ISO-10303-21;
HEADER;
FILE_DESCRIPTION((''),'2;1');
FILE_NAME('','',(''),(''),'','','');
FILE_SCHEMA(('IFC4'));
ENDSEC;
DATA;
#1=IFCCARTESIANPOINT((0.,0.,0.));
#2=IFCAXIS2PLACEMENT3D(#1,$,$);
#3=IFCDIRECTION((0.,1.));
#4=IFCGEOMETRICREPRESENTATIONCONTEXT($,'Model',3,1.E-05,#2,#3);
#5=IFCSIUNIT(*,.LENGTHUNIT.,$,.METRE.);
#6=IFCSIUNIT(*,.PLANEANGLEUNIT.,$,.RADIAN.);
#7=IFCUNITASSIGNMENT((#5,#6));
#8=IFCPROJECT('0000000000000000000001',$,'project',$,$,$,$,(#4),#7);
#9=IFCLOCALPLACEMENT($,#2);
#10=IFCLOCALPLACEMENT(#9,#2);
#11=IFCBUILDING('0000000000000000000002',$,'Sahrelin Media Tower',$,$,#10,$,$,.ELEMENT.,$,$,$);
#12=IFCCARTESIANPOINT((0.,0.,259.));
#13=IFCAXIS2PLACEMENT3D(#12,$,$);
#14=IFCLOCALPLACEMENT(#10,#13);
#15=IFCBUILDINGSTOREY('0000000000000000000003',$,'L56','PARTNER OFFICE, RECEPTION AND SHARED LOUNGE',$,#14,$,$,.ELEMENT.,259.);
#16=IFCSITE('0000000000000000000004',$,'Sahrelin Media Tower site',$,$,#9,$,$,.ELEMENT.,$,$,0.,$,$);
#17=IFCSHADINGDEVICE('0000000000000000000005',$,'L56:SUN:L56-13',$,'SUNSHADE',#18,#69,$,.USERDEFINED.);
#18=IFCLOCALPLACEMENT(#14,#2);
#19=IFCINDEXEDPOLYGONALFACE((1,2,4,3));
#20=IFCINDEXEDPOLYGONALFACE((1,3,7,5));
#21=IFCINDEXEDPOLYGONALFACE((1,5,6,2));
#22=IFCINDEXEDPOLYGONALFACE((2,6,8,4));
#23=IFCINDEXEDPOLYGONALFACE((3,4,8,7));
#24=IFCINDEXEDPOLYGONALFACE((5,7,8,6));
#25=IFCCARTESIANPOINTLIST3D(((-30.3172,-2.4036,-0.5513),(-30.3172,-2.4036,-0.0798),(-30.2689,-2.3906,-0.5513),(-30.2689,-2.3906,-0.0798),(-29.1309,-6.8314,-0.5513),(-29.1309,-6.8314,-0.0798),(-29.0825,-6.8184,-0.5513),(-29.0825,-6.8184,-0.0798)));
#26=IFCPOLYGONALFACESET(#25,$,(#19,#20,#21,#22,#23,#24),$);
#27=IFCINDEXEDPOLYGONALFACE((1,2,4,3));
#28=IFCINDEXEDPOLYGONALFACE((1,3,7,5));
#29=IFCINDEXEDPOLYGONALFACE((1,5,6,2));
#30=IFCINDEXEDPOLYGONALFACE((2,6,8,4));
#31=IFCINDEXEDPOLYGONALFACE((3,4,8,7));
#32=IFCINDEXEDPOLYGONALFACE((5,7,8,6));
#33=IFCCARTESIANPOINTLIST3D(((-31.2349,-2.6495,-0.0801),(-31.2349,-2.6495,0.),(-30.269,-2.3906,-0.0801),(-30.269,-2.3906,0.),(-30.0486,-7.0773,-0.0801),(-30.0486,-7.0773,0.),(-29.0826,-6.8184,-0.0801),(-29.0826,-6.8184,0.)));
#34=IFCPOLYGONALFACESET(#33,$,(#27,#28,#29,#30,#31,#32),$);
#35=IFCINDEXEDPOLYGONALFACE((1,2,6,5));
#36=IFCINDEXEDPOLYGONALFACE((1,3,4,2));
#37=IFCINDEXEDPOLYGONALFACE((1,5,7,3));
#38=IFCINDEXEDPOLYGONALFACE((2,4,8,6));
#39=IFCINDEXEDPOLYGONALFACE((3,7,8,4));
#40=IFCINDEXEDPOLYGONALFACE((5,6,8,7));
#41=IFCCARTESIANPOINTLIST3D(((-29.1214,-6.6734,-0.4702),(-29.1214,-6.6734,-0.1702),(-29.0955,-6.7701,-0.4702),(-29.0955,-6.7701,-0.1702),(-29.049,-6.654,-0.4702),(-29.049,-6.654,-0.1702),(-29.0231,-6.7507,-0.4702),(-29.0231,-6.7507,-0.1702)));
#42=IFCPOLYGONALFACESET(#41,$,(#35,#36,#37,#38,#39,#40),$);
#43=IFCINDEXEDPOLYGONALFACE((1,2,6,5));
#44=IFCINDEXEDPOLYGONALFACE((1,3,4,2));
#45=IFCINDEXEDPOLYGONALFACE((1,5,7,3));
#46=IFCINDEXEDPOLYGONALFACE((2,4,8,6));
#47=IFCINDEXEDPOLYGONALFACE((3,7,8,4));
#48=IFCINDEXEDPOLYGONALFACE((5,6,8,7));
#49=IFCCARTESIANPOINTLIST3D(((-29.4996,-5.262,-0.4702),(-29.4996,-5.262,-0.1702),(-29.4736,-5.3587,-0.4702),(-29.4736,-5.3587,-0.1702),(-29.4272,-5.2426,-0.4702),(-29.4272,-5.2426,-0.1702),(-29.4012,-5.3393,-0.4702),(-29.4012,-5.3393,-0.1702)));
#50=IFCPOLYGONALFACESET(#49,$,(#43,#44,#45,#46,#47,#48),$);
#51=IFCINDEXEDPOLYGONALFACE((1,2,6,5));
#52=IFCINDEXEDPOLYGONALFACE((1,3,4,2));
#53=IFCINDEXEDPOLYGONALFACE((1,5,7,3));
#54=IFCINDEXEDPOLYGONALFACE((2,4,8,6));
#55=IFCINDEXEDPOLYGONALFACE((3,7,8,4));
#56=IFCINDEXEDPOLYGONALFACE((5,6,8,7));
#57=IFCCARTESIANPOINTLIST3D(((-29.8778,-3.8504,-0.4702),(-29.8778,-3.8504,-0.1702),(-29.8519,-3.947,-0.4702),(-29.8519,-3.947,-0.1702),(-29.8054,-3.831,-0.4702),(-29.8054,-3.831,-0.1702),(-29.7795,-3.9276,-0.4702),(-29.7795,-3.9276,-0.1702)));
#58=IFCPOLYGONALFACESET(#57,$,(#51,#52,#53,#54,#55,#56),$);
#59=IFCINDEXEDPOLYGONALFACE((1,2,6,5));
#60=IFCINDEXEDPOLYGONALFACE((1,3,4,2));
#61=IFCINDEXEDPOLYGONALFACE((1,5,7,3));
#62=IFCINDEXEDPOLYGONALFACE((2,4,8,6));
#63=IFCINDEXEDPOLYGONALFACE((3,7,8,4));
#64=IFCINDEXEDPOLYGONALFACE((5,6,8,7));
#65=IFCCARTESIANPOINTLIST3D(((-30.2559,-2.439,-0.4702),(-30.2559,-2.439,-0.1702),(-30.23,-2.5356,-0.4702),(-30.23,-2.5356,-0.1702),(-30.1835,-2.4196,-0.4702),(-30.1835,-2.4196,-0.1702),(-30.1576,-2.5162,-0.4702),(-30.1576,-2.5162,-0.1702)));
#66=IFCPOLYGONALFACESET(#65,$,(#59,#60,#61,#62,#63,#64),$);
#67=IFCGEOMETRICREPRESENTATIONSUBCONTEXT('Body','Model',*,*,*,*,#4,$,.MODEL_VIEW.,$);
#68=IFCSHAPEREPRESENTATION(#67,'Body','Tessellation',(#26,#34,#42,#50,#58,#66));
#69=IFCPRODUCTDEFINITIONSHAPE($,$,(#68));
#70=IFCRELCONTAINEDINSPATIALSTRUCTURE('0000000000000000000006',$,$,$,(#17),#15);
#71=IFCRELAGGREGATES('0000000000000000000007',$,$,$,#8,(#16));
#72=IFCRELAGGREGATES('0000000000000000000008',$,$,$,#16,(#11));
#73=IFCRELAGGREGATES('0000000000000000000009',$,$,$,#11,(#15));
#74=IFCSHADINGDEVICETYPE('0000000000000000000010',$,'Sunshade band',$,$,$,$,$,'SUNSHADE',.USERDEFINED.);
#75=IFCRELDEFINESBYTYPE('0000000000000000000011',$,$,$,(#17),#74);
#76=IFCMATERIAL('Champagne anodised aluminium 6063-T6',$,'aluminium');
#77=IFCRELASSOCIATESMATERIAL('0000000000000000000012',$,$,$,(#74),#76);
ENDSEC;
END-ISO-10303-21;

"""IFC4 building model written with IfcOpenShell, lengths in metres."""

from ifc_helpers import new_model, si_unit, direction, frame, origin, origin_2d, place, context, subcontext, project, spatial, rectangle, extrude, material, type_object, element, save


model = new_model("IFC4")

# Units and contexts
model_context = context("Model", 3, precision=1e-05, world=origin(), true_north=direction((0.0, 1.0)))
body_context = subcontext(model_context, "Body", "Model", "MODEL_VIEW")
ifc_project = project(units=[si_unit("LENGTHUNIT", "METRE"), si_unit("PLANEANGLEUNIT", "RADIAN")], contexts=[model_context])

# Site, building, storey
site_placement = place(None, origin())
site = spatial("IfcSite", under=ifc_project, at=site_placement, Name="Sahrelin Media Tower site", CompositionType="ELEMENT", RefElevation=0.0)
building_placement = place(site_placement, origin())
building = spatial("IfcBuilding", under=site, at=building_placement, Name="Sahrelin Media Tower", CompositionType="ELEMENT")
storey_placement = place(building_placement, frame((0.0, 0.0, 259.0)))
storey = spatial("IfcBuildingStorey", under=building, at=storey_placement, Name="L56", Description="PARTNER OFFICE, RECEPTION AND SHARED LOUNGE", CompositionType="ELEMENT", Elevation=259.0)

# Shared definitions
ifc_material_1 = material(Name="Champagne anodised aluminium 6063-T6", Category="aluminium")

# Shading device
placement_1 = place(storey_placement, frame((-29.6565, -4.5994, 0.0), z_axis=(0.0, 0.0, 1.0), x_axis=(-0.258808, 0.965929, 0.0)))
shading_device_type_1 = type_object("IfcShadingDeviceType", Name="Sunshade band", ElementType="SUNSHADE", PredefinedType="USERDEFINED", material=ifc_material_1)
element("IfcShadingDevice", 1, at=placement_1, inside=storey, type_object=shading_device_type_1, Name="L56:SUN:L56-13", ObjectType="SUNSHADE", PredefinedType="USERDEFINED", context=body_context, shape_type="SweptSolid", body=[
    extrude(rectangle(XDim=4.584, YDim=0.05, at=origin_2d()), frame((0.0, 0.0449, -0.5513)), (0.0, 0.0, 1.0), 0.4714),
    extrude(rectangle(XDim=4.584, YDim=1.0, at=origin_2d()), frame((0.0, 0.52, -0.0801)), (0.0, 0.0, 1.0), 0.0801),
    extrude(rectangle(XDim=0.1001, YDim=0.075, at=origin_2d()), frame((-2.1919, -0.0176, -0.4702)), (0.0, 0.0, 1.0), 0.3),
    extrude(rectangle(XDim=0.1001, YDim=0.075, at=origin_2d()), frame((-0.7307, -0.0176, -0.4702)), (0.0, 0.0, 1.0), 0.3),
    extrude(rectangle(XDim=0.1001, YDim=0.075, at=origin_2d()), frame((0.7307, -0.0176, -0.4702)), (0.0, 0.0, 1.0), 0.3),
    extrude(rectangle(XDim=0.1001, YDim=0.075, at=origin_2d()), frame((2.1919, -0.0176, -0.4702)), (0.0, 0.0, 1.0), 0.3),
])

save(model, "model.ifc")
